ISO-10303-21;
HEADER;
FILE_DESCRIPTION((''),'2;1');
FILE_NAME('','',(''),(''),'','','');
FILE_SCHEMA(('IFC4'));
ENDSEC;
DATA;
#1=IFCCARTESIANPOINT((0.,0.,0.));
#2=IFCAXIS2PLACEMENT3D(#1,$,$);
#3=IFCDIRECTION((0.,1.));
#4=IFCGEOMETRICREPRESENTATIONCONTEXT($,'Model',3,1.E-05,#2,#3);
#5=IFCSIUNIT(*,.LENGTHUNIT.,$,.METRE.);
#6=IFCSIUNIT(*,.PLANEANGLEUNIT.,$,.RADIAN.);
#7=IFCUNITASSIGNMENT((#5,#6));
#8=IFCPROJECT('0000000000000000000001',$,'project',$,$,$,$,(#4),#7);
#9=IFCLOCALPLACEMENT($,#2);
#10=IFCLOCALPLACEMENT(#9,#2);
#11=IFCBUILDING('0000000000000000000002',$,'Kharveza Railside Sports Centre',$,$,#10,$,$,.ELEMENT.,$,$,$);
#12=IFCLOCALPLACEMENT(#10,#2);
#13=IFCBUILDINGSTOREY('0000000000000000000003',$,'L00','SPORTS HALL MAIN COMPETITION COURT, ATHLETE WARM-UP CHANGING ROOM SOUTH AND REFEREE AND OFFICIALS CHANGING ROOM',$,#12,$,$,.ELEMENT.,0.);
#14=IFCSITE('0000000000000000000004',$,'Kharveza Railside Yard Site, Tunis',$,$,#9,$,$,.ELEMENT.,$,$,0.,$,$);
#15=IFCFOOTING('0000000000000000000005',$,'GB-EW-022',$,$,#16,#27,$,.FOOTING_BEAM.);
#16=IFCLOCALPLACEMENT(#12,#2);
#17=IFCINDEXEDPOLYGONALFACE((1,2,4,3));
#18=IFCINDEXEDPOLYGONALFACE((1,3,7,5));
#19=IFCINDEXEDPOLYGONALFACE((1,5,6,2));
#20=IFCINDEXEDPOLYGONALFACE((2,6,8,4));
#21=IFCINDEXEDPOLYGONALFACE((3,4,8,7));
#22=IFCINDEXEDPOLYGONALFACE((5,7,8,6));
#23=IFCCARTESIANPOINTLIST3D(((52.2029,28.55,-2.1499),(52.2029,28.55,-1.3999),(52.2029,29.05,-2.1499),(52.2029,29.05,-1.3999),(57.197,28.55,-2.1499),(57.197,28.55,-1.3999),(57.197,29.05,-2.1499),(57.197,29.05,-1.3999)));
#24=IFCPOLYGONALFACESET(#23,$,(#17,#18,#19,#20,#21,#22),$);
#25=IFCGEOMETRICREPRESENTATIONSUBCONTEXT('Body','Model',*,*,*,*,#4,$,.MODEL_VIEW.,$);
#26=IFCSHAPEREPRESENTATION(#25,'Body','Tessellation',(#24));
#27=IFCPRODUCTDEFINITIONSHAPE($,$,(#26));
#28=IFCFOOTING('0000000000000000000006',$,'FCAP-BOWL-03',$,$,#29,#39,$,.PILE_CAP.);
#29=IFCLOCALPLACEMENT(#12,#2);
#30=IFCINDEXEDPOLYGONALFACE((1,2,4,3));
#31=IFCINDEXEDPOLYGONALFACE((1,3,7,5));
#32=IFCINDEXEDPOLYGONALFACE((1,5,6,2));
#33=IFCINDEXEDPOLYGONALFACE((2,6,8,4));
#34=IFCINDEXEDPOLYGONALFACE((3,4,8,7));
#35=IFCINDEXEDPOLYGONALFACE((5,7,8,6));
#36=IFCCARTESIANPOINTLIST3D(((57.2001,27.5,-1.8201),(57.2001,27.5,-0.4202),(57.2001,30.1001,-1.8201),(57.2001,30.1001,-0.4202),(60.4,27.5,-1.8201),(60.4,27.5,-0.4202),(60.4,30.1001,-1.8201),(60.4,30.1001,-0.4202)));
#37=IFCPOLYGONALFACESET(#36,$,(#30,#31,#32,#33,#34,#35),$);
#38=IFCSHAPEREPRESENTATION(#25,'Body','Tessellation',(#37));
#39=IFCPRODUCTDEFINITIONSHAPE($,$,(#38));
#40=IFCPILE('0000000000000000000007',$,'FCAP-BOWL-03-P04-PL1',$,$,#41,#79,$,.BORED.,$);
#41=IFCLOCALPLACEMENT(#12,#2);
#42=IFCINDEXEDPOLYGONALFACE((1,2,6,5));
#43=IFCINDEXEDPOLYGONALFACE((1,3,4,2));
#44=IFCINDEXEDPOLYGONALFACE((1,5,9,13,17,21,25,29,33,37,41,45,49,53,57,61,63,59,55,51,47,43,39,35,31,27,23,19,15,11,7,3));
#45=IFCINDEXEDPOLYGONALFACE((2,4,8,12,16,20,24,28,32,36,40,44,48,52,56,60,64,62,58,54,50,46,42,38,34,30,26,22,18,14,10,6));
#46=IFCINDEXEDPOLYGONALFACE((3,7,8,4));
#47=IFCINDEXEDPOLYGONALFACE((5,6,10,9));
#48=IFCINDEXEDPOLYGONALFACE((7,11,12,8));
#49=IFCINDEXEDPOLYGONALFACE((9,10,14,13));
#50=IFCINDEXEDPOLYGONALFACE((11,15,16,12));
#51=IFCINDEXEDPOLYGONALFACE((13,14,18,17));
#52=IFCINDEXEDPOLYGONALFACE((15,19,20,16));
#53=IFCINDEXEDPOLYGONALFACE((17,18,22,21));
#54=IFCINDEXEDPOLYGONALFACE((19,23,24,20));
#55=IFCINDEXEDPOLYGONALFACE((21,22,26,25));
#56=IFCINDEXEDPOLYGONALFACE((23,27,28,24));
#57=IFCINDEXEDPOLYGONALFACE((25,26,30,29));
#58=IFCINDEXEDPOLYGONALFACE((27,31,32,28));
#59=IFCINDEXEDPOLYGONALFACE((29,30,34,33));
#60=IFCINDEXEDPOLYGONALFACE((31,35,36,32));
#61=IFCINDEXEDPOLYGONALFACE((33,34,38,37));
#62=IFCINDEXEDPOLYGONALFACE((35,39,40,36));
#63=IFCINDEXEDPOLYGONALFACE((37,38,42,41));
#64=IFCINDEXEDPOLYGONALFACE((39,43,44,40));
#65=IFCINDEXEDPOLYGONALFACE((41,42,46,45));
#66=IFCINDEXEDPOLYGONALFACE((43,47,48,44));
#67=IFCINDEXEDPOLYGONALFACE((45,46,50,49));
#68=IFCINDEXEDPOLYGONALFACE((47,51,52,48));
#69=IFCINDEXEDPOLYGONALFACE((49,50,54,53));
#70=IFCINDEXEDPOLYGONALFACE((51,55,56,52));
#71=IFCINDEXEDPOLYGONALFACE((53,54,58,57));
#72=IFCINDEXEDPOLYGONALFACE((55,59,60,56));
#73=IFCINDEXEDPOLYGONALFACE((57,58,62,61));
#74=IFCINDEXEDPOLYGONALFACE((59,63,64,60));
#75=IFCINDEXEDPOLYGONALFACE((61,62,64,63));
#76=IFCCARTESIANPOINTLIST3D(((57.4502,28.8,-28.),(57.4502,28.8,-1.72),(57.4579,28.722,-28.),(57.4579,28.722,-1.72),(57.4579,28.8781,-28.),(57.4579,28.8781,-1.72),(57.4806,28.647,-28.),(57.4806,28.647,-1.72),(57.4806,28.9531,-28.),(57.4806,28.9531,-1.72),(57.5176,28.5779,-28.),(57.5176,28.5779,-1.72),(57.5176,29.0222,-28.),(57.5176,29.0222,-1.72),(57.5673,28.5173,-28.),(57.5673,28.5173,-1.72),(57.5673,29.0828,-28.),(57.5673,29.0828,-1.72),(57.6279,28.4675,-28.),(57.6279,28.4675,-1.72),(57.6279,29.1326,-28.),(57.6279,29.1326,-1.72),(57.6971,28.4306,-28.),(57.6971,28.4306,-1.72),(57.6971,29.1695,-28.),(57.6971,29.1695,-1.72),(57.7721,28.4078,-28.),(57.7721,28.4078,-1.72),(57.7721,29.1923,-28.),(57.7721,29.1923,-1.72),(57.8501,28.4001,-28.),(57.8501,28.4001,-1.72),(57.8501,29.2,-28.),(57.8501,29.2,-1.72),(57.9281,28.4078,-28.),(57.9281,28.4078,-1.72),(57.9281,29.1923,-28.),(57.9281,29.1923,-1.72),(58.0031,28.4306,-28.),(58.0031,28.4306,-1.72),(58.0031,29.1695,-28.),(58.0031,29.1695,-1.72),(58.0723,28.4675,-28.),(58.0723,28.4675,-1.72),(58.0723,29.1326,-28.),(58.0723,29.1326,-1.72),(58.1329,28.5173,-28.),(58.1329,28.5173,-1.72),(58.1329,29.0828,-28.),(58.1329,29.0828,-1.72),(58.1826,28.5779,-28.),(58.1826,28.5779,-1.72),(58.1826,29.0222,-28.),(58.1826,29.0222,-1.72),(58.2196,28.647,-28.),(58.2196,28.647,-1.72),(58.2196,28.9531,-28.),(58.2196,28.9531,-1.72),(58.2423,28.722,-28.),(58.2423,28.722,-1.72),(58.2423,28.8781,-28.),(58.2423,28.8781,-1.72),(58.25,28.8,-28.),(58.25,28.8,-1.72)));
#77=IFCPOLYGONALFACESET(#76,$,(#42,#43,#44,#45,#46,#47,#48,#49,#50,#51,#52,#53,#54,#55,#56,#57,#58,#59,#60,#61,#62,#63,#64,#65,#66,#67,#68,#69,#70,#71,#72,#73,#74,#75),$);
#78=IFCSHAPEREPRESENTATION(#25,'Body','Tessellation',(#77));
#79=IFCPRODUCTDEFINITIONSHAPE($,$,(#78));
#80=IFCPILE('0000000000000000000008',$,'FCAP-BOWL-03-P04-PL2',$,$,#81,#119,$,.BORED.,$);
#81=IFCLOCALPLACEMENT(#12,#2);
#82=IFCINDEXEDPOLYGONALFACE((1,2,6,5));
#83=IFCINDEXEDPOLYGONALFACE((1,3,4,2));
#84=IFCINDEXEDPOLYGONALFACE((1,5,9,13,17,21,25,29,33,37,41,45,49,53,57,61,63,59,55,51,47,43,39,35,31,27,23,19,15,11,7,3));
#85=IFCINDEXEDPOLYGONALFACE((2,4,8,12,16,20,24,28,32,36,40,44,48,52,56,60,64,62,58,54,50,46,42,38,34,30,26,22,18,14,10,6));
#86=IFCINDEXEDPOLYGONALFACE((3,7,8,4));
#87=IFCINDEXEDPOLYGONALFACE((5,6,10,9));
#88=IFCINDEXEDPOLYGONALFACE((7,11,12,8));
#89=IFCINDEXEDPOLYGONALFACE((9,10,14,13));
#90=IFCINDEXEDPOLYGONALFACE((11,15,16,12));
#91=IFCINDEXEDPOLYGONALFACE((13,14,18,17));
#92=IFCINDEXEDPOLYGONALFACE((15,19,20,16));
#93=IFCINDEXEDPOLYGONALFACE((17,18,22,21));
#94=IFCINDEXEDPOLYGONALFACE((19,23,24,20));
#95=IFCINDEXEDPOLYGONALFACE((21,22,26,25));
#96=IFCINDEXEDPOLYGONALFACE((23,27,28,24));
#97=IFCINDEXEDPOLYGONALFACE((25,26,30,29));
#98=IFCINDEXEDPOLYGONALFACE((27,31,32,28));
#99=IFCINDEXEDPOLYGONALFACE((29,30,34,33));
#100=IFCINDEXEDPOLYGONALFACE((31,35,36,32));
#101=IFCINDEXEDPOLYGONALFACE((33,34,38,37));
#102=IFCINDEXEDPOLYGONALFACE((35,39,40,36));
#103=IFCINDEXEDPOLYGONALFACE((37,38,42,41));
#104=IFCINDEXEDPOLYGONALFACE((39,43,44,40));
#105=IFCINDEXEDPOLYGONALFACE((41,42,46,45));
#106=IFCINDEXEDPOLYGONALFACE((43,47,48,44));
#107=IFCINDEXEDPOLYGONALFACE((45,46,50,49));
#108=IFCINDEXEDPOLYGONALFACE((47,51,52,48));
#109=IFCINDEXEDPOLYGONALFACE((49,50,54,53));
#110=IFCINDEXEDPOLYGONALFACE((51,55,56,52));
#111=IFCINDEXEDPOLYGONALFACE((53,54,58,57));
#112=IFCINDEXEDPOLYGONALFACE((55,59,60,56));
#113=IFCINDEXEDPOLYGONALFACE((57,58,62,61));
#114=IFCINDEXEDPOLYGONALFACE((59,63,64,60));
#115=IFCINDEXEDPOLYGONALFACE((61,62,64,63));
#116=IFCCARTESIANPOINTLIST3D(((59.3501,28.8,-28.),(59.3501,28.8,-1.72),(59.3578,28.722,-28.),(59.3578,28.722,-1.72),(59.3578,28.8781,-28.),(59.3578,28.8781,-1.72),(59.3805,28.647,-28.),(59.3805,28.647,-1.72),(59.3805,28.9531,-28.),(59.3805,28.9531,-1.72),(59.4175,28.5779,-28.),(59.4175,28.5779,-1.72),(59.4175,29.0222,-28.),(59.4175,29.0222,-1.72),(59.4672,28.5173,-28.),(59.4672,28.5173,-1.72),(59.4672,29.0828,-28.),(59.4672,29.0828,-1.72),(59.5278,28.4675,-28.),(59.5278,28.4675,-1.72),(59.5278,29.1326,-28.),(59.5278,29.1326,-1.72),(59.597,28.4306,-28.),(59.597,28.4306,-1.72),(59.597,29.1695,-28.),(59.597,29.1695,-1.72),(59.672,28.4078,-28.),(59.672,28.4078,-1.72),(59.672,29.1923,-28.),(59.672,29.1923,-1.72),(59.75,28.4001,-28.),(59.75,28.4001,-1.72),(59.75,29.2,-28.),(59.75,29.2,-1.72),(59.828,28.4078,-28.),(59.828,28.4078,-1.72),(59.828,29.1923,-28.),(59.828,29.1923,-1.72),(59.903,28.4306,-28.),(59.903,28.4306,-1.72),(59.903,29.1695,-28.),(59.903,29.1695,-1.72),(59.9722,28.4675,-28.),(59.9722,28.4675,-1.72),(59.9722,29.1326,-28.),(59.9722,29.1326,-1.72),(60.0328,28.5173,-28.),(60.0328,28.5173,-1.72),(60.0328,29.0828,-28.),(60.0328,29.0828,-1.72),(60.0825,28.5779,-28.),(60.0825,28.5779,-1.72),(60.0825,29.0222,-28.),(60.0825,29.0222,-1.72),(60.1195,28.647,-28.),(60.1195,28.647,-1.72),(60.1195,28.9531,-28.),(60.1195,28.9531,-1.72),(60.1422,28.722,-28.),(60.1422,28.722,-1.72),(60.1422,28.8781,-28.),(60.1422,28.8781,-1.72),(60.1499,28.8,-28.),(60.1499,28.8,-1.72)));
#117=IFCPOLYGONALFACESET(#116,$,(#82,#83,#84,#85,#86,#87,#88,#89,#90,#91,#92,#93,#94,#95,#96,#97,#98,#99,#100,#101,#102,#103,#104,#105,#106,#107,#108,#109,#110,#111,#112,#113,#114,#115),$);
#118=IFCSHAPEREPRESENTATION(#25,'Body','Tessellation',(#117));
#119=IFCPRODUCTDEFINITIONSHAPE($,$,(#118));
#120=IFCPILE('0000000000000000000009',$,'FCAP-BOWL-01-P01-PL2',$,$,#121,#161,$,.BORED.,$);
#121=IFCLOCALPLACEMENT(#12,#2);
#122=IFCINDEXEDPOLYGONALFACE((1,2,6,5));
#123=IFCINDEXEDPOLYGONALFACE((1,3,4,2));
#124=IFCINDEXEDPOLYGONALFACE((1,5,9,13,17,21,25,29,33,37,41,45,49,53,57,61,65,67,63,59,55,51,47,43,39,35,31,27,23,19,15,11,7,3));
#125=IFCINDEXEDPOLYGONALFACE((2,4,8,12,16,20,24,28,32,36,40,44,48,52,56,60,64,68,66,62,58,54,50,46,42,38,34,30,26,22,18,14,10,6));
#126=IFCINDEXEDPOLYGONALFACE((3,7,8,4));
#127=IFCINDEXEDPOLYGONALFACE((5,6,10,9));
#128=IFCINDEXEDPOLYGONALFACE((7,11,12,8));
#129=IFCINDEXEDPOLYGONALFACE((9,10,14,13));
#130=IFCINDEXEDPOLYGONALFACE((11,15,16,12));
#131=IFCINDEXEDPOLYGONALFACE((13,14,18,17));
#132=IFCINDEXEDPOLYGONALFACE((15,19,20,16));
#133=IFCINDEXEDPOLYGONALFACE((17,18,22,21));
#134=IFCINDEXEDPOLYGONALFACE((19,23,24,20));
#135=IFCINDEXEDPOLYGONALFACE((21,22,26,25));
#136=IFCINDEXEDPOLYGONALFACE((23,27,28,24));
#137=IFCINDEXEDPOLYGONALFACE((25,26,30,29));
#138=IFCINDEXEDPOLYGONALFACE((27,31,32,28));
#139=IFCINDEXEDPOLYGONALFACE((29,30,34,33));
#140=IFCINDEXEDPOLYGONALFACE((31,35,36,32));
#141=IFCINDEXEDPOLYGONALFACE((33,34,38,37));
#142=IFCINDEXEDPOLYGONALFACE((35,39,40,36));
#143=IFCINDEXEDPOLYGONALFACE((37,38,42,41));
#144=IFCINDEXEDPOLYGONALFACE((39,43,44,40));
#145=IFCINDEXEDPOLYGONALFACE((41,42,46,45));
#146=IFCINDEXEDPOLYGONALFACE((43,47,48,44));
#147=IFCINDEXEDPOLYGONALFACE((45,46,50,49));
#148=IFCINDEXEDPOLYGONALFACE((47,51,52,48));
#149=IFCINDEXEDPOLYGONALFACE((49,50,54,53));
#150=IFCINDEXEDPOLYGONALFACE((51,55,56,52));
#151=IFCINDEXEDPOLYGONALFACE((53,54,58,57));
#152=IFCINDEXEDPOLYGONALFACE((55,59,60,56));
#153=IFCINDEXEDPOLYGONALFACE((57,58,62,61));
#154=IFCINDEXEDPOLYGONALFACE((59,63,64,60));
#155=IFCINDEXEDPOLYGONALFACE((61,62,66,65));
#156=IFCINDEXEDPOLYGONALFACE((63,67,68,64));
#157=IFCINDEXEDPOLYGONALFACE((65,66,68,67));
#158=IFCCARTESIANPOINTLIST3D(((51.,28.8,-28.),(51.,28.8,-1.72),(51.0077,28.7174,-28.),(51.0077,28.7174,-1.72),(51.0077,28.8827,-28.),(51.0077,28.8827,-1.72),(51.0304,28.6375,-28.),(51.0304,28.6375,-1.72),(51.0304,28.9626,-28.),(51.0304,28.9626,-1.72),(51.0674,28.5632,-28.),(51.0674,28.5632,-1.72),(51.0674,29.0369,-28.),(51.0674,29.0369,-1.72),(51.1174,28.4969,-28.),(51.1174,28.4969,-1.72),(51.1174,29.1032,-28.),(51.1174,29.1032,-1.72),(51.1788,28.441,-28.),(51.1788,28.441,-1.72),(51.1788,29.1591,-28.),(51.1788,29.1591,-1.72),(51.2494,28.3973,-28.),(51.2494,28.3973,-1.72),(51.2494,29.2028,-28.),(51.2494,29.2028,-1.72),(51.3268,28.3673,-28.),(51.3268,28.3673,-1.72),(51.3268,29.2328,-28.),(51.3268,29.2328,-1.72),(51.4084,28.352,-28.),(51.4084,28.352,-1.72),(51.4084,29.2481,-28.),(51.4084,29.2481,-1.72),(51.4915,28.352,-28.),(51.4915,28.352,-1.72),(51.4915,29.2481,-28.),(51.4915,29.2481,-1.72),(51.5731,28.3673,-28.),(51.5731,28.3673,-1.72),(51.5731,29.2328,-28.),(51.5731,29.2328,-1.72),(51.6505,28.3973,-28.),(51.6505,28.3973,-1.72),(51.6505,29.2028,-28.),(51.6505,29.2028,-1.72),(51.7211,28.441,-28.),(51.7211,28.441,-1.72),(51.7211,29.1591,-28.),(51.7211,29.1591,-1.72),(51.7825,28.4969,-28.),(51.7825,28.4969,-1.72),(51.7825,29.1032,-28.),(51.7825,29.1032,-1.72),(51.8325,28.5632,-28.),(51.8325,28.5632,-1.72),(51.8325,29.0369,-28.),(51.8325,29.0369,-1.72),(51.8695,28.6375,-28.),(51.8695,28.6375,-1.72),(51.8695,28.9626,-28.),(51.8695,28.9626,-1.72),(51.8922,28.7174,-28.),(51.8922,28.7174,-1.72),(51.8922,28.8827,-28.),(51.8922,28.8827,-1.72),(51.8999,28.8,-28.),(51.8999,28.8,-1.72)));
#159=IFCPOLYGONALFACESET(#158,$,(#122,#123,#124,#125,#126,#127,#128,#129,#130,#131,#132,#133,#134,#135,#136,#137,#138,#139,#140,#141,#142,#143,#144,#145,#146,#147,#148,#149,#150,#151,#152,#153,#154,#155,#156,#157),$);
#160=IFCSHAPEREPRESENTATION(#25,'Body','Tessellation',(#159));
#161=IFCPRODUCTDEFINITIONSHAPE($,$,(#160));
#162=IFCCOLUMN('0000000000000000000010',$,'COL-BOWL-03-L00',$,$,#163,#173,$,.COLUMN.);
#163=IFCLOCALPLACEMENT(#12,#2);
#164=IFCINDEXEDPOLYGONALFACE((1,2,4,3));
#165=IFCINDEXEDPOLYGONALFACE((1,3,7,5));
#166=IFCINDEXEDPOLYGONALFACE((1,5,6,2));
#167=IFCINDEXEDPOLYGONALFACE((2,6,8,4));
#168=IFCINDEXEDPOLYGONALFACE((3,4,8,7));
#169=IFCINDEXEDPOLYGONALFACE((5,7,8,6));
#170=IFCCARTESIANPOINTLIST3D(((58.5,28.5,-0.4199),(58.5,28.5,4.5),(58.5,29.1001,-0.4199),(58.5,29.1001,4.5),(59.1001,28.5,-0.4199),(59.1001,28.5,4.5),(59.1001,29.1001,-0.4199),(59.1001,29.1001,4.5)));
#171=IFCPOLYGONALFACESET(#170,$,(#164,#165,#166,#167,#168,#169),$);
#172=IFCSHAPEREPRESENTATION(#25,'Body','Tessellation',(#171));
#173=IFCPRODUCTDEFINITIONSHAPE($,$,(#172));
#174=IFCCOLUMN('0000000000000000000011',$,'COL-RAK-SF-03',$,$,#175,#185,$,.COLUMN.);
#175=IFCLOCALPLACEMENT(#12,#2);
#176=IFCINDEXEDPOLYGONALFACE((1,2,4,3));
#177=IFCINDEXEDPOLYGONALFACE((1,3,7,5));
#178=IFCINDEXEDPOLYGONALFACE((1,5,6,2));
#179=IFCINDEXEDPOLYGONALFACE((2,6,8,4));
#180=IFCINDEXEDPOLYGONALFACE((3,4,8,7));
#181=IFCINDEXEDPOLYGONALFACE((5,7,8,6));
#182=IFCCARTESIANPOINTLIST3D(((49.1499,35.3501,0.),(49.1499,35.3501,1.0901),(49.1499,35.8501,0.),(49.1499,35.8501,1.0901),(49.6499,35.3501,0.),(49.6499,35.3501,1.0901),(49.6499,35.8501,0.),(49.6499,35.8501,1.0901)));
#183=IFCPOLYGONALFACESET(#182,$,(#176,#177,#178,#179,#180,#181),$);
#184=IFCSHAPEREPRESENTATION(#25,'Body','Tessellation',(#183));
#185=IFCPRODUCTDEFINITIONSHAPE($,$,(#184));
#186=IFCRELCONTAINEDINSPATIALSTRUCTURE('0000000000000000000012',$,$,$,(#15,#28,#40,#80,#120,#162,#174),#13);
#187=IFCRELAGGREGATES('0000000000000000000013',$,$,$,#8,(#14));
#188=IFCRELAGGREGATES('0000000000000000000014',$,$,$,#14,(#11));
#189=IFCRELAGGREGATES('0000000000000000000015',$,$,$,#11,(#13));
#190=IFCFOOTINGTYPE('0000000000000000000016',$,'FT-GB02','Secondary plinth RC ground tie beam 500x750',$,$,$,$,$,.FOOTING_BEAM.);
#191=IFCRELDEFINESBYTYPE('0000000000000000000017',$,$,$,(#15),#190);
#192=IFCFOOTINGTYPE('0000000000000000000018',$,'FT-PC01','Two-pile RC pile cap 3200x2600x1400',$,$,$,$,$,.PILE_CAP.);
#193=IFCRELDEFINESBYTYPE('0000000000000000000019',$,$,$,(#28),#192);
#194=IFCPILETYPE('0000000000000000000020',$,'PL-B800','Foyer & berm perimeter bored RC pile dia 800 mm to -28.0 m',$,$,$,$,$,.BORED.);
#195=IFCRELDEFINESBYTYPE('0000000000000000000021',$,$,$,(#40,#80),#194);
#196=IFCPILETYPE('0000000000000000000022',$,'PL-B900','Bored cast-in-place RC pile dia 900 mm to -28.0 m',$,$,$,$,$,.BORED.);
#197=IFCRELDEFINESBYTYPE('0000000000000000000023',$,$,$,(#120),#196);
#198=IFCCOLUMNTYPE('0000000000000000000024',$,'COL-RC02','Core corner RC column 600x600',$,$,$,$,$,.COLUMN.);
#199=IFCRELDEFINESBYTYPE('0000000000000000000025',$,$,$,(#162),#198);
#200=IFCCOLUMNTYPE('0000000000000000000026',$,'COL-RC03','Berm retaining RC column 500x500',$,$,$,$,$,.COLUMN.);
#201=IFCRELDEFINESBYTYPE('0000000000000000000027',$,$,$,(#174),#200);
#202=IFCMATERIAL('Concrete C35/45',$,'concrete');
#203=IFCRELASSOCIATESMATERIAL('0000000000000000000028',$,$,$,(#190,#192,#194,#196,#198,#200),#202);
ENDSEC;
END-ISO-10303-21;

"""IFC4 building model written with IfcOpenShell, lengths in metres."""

from ifc_helpers import new_model, si_unit, direction, frame, origin, origin_2d, place, context, subcontext, project, spatial, rectangle, circle, extrude, material, material_profile, profile_set, type_object, element, save


model = new_model("IFC4")

# Units and contexts
model_context = context("Model", 3, precision=1e-05, world=origin(), true_north=direction((0.0, 1.0)))
body_context = subcontext(model_context, "Body", "Model", "MODEL_VIEW")
ifc_project = project(units=[si_unit("LENGTHUNIT", "METRE"), si_unit("PLANEANGLEUNIT", "RADIAN")], contexts=[model_context])

# Site, building, storey
site_placement = place(None, origin())
site = spatial("IfcSite", under=ifc_project, at=site_placement, Name="Kharveza Railside Yard Site, Tunis", CompositionType="ELEMENT", RefElevation=0.0)
building_placement = place(site_placement, origin())
building = spatial("IfcBuilding", under=site, at=building_placement, Name="Kharveza Railside Sports Centre", CompositionType="ELEMENT")
storey_placement = place(building_placement, origin())
storey = spatial("IfcBuildingStorey", under=building, at=storey_placement, Name="L00", Description="SPORTS HALL MAIN COMPETITION COURT, ATHLETE WARM-UP CHANGING ROOM SOUTH AND REFEREE AND OFFICIALS CHANGING ROOM", CompositionType="ELEMENT", Elevation=0.0)

# Footings
ifc_material_1 = material(Name="Concrete C35/45", Category="concrete")
ifc_material_profile_1 = material_profile(ifc_material_1, rectangle(XDim=0.5, YDim=0.75, at=origin_2d()), Name="GB 500x750")
ifc_profile_set_1 = profile_set([ifc_material_profile_1], Name="Concrete C35/45")
footing_type_1 = type_object("IfcFootingType", Name="FT-GB02", Description="Secondary plinth RC ground tie beam 500x750", PredefinedType="FOOTING_BEAM", material=ifc_profile_set_1)
footing_1_placement = place(storey_placement, frame((52.2029, 28.8, -1.7749), z_axis=(1.0, 0.0, 0.0), x_axis=(0.0, 1.0, 0.0)))
element("IfcFooting", 1, at=footing_1_placement, inside=storey, type_object=footing_type_1, Name="GB-EW-022", PredefinedType="FOOTING_BEAM", context=body_context, shape_type="SweptSolid", body=[
    extrude(rectangle(XDim=0.5, YDim=0.75, at=origin_2d()), origin(), (0.0, 0.0, 1.0), 4.9941),
])
footing_type_2 = type_object("IfcFootingType", Name="FT-PC01", Description="Two-pile RC pile cap 3200x2600x1400", PredefinedType="PILE_CAP", material=ifc_material_1)
footing_2_placement = place(storey_placement, frame((58.8, 28.8, -1.8201), z_axis=(0.0, 0.0, 1.0), x_axis=(1.0, 0.0, 0.0)))
element("IfcFooting", 2, at=footing_2_placement, inside=storey, type_object=footing_type_2, Name="FCAP-BOWL-03", PredefinedType="PILE_CAP", context=body_context, shape_type="SweptSolid", body=[
    extrude(rectangle(XDim=3.2, YDim=2.6001, at=origin_2d()), origin(), (0.0, 0.0, 1.0), 1.3999),
])

# Piles
ifc_material_profile_2 = material_profile(ifc_material_1, circle(Radius=0.3999, at=origin_2d()), Name="PILE D800")
ifc_profile_set_2 = profile_set([ifc_material_profile_2], Name="Concrete C35/45")
pile_type_1 = type_object("IfcPileType", Name="PL-B800", Description="Foyer & berm perimeter bored RC pile dia 800 mm to -28.0 m", PredefinedType="BORED", material=ifc_profile_set_2)
for number, where, z_axis, x_axis, name in (
    (3, (57.8501, 28.8, -1.72), (0.0, 0.0, -1.0), (1.0, 0.0, 0.0), "FCAP-BOWL-03-P04-PL1"),
    (4, (59.75, 28.8, -1.72), (0.0, 0.0, -1.0), (1.0, 0.0, 0.0), "FCAP-BOWL-03-P04-PL2"),
):
    element("IfcPile", number, at=place(storey_placement, frame(where, z_axis=z_axis, x_axis=x_axis)), inside=storey, type_object=pile_type_1, Name=name, PredefinedType="BORED", context=body_context, shape_type="SweptSolid", body=[
        extrude(circle(Radius=0.3999, at=origin_2d()), origin(), (0.0, 0.0, 1.0), 26.28),
    ])
ifc_material_profile_3 = material_profile(ifc_material_1, circle(Radius=0.45, at=origin_2d()), Name="PILE D900")
ifc_profile_set_3 = profile_set([ifc_material_profile_3], Name="Concrete C35/45")
pile_type_2 = type_object("IfcPileType", Name="PL-B900", Description="Bored cast-in-place RC pile dia 900 mm to -28.0 m", PredefinedType="BORED", material=ifc_profile_set_3)
pile_placement = place(storey_placement, frame((51.45, 28.8, -1.72), z_axis=(0.0, 0.0, -1.0), x_axis=(1.0, 0.0, 0.0)))
element("IfcPile", 5, at=pile_placement, inside=storey, type_object=pile_type_2, Name="FCAP-BOWL-01-P01-PL2", PredefinedType="BORED", context=body_context, shape_type="SweptSolid", body=[
    extrude(circle(Radius=0.45, at=origin_2d()), origin(), (0.0, 0.0, 1.0), 26.28),
])

# Columns
ifc_material_profile_4 = material_profile(ifc_material_1, rectangle(XDim=0.6001, YDim=0.6001, at=origin_2d()), Name="RC 600x600")
ifc_profile_set_4 = profile_set([ifc_material_profile_4], Name="Concrete C35/45")
column_type_1 = type_object("IfcColumnType", Name="COL-RC02", Description="Core corner RC column 600x600", PredefinedType="COLUMN", material=ifc_profile_set_4)
column_1_placement = place(storey_placement, frame((58.8, 28.8, -0.4199), z_axis=(0.0, 0.0, 1.0), x_axis=(1.0, 0.0, 0.0)))
element("IfcColumn", 6, at=column_1_placement, inside=storey, type_object=column_type_1, Name="COL-BOWL-03-L00", PredefinedType="COLUMN", context=body_context, shape_type="SweptSolid", body=[
    extrude(rectangle(XDim=0.6001, YDim=0.6001, at=origin_2d()), origin(), (0.0, 0.0, 1.0), 4.9199),
])
ifc_material_profile_5 = material_profile(ifc_material_1, rectangle(XDim=0.5, YDim=0.5, at=origin_2d()), Name="RC 500x500")
ifc_profile_set_5 = profile_set([ifc_material_profile_5], Name="Concrete C35/45")
column_type_2 = type_object("IfcColumnType", Name="COL-RC03", Description="Berm retaining RC column 500x500", PredefinedType="COLUMN", material=ifc_profile_set_5)
column_2_placement = place(storey_placement, frame((49.3999, 35.6001, 0.0), z_axis=(0.0, 0.0, 1.0), x_axis=(1.0, 0.0, 0.0)))
element("IfcColumn", 7, at=column_2_placement, inside=storey, type_object=column_type_2, Name="COL-RAK-SF-03", PredefinedType="COLUMN", context=body_context, shape_type="SweptSolid", body=[
    extrude(rectangle(XDim=0.5, YDim=0.5, at=origin_2d()), origin(), (0.0, 0.0, 1.0), 1.0901),
])

save(model, "model.ifc")
